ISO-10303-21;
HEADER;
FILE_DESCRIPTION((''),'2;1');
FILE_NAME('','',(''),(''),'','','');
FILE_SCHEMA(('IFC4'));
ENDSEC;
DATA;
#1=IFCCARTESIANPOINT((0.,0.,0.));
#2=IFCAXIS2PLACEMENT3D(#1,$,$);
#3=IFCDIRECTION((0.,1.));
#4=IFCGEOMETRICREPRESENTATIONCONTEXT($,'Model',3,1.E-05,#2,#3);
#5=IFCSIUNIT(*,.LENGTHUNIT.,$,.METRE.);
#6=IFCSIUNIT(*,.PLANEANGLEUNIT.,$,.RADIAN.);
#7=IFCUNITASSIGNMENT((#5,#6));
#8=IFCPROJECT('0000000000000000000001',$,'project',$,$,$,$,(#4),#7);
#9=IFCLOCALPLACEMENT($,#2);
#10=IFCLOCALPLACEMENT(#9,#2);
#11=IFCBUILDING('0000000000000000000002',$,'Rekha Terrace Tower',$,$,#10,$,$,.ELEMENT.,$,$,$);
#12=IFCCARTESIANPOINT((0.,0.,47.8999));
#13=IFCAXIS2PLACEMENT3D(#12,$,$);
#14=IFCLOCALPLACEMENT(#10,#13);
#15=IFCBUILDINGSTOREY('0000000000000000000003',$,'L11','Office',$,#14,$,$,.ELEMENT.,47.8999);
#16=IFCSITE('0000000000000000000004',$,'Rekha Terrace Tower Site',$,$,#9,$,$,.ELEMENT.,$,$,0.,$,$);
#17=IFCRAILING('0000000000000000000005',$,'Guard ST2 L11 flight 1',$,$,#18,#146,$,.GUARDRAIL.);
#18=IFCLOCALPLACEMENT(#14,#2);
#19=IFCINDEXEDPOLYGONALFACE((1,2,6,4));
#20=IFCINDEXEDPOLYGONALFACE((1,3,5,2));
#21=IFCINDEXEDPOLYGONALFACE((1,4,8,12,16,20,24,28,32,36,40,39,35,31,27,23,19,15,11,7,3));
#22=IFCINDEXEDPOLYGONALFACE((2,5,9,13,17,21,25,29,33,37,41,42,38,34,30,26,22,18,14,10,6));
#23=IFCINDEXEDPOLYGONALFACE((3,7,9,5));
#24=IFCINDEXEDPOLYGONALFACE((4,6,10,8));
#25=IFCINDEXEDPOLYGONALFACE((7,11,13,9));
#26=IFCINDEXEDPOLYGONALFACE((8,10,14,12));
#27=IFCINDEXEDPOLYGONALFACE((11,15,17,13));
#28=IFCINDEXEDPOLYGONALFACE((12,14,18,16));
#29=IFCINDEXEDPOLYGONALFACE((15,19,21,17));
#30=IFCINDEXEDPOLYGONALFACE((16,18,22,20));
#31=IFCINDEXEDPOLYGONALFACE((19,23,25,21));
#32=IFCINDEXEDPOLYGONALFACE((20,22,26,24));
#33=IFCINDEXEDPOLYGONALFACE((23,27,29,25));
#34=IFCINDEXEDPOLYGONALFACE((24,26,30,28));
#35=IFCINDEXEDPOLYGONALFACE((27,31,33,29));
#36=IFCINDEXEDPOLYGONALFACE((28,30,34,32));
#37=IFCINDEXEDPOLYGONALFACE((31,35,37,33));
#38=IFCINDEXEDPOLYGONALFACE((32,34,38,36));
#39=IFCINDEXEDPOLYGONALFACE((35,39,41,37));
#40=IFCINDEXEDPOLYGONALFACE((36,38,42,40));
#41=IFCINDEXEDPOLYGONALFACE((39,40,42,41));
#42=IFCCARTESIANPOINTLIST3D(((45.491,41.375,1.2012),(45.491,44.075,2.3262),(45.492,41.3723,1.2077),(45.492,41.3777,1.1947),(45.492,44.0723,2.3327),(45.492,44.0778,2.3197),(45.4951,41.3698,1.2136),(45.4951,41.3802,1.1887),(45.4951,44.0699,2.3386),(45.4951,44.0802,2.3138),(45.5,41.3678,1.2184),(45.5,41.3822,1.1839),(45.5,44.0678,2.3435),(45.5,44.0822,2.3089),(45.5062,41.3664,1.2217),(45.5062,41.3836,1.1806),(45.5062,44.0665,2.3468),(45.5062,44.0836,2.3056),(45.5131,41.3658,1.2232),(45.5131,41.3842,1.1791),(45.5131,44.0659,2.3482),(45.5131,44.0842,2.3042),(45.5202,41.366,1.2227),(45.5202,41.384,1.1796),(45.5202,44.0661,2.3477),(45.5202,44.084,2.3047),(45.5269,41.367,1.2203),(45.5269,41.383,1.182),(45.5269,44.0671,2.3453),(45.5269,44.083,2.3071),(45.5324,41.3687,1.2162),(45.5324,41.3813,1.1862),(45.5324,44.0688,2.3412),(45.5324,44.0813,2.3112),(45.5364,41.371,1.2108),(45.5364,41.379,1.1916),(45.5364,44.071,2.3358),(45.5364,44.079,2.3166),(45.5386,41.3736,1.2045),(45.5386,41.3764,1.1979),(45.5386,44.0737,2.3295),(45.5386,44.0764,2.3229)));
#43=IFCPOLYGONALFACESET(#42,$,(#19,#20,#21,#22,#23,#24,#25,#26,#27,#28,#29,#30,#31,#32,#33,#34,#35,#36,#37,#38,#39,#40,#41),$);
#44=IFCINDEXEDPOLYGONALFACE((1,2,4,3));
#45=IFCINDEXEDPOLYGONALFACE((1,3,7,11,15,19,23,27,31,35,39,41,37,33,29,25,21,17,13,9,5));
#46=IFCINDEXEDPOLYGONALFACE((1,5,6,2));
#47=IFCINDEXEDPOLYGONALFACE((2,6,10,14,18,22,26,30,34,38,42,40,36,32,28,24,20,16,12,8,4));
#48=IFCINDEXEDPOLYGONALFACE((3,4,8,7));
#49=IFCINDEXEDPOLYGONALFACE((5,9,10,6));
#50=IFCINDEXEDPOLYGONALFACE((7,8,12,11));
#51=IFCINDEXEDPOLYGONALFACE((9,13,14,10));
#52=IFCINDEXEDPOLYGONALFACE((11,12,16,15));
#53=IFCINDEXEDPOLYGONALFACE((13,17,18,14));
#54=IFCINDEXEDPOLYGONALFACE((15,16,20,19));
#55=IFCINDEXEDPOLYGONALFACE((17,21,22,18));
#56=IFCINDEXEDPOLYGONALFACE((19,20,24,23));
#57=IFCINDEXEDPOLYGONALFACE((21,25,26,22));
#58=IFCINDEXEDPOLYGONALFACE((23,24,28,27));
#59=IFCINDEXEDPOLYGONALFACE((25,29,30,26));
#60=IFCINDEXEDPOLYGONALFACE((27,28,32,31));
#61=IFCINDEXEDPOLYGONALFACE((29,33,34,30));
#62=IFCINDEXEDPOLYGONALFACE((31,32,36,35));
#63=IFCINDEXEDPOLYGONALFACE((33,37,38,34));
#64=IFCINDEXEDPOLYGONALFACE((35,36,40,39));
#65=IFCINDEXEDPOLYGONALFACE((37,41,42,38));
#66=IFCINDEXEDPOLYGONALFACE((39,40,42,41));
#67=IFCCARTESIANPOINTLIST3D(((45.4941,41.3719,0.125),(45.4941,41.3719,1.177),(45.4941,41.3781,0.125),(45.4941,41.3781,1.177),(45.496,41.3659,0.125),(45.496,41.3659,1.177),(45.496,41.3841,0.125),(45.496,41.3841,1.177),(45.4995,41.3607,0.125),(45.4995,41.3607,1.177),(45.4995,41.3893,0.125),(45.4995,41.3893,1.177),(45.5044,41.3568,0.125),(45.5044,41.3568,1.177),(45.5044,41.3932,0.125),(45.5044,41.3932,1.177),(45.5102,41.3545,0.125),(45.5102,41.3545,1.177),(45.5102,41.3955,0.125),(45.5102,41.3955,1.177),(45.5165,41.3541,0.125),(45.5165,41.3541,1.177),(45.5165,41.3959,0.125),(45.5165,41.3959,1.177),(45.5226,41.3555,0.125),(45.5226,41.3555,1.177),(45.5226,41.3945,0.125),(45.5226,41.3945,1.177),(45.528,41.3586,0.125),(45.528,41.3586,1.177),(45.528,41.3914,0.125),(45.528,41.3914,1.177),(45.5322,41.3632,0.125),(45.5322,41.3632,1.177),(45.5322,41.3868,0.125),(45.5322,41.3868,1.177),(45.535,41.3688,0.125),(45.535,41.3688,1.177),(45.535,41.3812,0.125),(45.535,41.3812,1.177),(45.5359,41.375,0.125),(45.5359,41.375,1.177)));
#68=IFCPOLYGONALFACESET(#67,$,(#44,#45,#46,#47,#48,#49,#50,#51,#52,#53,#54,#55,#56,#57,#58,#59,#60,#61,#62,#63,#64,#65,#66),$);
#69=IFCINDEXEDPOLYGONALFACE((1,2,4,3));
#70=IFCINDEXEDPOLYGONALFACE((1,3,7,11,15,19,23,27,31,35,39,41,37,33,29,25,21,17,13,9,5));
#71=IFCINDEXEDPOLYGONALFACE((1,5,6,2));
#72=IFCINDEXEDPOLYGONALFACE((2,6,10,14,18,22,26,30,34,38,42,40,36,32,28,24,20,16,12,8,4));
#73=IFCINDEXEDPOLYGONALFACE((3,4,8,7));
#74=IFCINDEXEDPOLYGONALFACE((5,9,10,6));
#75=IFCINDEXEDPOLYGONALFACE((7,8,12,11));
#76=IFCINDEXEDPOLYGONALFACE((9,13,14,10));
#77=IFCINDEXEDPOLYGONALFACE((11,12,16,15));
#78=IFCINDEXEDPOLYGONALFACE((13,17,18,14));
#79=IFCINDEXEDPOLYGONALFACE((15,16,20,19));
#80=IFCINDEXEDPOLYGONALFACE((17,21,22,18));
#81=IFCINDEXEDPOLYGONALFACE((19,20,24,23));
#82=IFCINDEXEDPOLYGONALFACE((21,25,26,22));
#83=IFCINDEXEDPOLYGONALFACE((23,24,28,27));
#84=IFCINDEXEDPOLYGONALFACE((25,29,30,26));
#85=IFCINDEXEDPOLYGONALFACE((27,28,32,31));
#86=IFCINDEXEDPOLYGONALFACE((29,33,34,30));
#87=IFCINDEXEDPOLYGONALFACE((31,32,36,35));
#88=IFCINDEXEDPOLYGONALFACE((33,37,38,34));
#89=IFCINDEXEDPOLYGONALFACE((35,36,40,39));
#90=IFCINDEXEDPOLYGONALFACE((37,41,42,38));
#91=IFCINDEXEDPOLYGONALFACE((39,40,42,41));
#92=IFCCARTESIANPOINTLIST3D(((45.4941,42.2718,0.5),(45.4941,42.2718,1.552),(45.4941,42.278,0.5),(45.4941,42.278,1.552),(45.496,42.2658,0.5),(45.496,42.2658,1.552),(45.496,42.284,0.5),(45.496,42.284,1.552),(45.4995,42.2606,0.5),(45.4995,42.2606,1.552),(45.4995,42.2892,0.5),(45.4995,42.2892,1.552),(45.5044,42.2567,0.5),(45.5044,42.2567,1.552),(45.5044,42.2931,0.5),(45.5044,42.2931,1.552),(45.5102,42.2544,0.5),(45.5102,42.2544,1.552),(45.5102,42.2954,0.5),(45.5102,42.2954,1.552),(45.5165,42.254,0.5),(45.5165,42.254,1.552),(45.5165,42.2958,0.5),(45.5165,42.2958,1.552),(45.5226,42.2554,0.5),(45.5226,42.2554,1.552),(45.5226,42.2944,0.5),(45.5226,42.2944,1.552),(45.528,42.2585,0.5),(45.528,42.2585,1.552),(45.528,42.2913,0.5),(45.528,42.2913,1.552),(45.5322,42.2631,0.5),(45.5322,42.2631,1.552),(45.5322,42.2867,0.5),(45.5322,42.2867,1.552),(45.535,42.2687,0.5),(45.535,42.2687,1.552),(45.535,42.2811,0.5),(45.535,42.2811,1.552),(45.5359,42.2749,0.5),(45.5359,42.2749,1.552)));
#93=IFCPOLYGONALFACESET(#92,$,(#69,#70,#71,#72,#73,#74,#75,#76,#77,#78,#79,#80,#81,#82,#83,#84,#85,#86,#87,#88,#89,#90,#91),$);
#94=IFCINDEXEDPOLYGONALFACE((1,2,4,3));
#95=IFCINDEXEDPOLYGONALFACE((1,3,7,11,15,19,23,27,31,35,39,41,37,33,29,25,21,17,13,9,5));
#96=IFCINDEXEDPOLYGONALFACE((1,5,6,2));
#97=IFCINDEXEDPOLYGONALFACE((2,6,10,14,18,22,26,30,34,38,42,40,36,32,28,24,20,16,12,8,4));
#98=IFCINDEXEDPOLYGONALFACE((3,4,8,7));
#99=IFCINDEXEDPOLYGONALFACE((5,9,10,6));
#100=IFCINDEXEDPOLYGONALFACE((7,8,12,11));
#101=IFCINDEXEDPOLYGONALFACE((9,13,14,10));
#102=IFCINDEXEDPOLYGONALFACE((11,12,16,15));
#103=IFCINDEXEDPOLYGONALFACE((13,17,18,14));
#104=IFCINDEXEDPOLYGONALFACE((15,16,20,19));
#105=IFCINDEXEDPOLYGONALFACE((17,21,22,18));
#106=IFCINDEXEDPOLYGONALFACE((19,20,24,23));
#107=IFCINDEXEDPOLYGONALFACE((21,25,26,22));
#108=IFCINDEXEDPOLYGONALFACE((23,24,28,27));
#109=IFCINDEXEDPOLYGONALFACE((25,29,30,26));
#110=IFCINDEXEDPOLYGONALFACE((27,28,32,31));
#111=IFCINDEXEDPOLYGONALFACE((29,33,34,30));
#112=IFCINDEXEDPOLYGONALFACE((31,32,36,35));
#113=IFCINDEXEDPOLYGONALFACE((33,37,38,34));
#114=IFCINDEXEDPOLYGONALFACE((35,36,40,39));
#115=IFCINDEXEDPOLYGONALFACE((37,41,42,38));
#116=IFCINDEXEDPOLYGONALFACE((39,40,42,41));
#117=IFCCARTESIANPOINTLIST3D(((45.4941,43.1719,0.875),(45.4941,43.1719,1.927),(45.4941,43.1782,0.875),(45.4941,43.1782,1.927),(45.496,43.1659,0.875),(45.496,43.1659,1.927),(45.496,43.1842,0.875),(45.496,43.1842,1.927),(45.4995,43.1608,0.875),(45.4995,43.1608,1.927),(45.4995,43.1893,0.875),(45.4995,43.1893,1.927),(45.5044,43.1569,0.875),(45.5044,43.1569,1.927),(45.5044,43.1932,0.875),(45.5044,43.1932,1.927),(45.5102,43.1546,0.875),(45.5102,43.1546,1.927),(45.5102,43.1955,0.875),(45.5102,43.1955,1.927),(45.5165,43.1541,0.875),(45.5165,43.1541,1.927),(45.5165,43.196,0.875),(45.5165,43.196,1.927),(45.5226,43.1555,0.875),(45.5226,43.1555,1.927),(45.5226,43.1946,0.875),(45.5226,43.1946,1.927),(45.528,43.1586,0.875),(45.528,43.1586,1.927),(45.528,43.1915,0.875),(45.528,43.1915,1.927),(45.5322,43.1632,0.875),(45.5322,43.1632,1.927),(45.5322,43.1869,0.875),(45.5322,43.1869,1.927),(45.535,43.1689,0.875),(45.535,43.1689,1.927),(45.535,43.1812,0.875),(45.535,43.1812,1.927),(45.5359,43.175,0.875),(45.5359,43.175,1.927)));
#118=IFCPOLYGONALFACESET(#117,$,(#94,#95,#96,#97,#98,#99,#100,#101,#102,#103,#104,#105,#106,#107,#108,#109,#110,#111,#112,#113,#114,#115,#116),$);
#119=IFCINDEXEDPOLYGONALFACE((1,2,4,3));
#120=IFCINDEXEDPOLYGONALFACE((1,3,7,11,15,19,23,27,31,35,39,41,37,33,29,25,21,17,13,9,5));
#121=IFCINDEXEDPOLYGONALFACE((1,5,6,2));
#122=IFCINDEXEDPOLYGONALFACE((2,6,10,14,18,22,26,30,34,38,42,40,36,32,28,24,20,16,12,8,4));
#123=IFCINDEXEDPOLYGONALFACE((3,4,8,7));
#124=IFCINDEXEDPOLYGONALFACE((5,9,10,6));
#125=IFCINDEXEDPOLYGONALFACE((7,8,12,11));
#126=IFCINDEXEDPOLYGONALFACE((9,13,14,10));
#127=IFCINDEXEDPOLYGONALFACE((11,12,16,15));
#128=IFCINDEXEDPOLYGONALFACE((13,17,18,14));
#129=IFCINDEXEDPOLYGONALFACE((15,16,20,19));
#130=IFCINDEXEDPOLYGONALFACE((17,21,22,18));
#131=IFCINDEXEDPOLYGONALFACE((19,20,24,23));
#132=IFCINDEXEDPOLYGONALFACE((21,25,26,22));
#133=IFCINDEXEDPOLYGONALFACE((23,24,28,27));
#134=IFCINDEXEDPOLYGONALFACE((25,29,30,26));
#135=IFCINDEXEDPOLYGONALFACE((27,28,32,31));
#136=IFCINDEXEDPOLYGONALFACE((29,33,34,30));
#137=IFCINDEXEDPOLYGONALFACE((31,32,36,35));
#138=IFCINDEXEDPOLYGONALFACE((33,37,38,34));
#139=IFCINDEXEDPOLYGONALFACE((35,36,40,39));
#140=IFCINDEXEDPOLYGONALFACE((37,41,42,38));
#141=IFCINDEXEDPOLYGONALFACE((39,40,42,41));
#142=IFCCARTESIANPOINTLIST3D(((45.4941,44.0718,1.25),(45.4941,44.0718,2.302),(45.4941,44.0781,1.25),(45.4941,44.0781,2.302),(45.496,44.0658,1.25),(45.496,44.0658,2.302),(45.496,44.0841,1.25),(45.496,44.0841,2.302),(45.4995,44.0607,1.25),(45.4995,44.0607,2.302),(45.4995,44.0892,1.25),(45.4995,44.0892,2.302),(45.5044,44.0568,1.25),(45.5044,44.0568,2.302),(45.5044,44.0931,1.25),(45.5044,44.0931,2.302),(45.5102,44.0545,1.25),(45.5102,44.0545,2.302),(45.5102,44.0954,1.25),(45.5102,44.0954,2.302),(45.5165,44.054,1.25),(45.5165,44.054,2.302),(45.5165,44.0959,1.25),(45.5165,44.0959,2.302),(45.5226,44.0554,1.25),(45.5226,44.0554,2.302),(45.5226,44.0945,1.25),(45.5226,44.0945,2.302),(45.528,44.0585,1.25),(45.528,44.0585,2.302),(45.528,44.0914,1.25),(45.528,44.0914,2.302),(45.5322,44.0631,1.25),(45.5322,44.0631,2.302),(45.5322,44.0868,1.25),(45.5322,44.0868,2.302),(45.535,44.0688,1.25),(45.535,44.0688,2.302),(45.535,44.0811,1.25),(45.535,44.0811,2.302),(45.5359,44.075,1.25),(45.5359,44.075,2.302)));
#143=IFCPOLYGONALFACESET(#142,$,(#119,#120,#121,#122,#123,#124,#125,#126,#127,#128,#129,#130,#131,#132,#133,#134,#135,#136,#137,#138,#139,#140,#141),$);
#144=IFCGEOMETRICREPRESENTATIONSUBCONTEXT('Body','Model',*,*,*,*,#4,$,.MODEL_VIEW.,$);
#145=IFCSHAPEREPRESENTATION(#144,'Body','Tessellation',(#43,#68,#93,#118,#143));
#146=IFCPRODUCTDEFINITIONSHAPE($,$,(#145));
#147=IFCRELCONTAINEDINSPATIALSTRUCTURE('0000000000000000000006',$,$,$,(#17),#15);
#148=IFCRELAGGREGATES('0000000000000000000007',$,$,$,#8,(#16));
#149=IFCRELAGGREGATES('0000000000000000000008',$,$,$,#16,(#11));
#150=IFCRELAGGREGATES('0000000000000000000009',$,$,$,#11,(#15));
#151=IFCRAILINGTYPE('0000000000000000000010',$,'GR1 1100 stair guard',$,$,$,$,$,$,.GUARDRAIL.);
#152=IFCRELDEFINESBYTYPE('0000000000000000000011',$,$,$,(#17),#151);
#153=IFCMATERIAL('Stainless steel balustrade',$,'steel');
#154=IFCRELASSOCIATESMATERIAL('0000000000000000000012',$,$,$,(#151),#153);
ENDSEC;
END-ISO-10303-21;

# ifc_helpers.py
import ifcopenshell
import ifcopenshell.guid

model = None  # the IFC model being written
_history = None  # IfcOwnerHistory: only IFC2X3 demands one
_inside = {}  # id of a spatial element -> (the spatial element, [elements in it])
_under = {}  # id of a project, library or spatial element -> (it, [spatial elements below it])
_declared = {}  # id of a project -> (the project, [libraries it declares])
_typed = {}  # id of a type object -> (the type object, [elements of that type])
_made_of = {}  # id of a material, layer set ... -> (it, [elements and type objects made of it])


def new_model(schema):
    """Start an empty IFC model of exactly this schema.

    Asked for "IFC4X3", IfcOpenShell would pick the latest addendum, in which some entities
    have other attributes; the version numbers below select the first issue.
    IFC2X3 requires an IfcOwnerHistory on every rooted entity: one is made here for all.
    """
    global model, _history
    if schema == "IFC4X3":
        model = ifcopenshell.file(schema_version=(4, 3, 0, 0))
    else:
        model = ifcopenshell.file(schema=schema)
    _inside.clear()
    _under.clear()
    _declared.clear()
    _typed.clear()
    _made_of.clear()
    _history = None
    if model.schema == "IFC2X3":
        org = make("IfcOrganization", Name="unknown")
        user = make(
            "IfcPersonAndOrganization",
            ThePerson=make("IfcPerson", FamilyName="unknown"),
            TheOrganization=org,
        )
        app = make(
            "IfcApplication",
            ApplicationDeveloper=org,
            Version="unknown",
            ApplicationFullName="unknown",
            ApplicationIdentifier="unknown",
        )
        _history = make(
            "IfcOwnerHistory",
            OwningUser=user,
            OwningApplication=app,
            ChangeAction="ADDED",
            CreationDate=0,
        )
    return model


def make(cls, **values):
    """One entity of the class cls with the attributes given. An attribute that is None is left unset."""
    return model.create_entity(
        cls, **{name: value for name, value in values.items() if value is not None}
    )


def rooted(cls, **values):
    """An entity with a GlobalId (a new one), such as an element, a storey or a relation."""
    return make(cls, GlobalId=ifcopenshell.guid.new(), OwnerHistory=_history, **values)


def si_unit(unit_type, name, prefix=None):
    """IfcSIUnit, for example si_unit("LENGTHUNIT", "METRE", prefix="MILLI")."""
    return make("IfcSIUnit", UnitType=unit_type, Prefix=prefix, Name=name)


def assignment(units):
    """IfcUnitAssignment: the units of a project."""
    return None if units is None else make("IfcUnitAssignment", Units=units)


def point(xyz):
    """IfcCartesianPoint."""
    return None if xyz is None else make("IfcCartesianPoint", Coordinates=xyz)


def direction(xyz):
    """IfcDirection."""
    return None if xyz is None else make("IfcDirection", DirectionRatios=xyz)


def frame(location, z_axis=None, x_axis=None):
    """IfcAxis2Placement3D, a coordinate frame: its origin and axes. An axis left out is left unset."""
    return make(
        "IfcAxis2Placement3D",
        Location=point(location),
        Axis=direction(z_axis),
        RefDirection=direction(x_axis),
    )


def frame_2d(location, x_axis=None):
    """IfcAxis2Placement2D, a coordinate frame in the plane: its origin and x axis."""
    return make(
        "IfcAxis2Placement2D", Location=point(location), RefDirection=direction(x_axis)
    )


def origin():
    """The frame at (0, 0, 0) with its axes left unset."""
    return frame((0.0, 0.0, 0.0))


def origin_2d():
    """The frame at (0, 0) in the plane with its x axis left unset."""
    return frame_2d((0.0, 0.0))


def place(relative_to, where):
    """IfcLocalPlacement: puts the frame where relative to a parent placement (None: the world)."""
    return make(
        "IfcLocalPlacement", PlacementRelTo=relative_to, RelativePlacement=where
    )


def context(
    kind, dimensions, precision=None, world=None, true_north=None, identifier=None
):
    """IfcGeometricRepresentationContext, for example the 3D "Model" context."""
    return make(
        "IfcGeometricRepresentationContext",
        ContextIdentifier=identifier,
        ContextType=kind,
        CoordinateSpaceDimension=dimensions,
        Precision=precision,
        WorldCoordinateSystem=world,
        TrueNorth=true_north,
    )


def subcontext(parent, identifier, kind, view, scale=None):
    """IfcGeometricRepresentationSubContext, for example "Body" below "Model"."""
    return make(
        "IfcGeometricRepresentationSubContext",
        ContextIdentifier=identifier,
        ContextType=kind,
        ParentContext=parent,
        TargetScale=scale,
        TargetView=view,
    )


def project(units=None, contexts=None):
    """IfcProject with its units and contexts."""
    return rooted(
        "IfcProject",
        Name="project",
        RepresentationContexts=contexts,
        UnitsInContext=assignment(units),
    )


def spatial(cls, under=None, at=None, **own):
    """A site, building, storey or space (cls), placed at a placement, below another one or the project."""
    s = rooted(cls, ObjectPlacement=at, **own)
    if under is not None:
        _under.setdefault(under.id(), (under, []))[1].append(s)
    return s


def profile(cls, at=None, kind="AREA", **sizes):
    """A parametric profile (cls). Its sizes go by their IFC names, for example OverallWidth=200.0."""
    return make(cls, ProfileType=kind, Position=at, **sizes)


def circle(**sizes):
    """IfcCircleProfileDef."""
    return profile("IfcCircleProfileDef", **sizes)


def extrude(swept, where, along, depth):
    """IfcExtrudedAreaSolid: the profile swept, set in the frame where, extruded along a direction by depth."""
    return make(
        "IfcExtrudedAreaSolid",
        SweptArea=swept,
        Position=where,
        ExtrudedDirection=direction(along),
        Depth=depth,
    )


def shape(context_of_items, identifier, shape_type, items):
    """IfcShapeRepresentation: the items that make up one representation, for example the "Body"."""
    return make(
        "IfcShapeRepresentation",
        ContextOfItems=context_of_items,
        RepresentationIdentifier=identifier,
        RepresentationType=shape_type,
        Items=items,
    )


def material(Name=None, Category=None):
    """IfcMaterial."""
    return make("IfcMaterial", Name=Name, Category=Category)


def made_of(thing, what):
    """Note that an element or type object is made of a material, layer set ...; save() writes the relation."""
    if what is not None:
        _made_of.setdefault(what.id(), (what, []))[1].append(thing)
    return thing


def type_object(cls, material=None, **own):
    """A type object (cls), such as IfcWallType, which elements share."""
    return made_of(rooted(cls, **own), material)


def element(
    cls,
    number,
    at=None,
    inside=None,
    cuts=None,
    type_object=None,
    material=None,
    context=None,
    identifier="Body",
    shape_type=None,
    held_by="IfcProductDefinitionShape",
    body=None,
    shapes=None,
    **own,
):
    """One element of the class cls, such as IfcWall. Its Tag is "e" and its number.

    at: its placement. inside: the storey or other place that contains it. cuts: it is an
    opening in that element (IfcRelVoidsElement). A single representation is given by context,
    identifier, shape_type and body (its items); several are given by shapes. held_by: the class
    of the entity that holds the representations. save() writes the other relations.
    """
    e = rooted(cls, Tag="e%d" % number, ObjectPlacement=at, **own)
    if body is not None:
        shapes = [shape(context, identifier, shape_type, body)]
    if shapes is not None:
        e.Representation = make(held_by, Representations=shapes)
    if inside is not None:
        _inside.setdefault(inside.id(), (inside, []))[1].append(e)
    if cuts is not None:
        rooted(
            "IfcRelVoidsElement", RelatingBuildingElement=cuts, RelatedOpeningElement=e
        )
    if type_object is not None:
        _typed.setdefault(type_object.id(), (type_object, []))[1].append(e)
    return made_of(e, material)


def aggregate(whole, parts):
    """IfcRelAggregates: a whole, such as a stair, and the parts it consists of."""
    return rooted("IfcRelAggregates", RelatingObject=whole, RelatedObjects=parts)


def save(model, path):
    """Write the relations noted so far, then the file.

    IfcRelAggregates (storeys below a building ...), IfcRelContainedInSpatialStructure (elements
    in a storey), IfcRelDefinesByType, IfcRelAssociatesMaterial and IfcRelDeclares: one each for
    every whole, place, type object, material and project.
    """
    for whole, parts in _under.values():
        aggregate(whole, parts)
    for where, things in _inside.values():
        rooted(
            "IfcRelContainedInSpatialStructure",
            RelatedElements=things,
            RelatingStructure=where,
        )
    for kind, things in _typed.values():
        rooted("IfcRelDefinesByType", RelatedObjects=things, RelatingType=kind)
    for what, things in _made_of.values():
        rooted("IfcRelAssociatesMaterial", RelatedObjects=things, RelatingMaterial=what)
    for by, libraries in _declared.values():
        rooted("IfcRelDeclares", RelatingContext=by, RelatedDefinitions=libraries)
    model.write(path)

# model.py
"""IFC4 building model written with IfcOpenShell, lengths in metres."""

from ifc_helpers import new_model, si_unit, direction, frame, origin, origin_2d, place, context, subcontext, project, spatial, circle, extrude, material, type_object, element, save


model = new_model("IFC4")

# Units and contexts
model_context = context("Model", 3, precision=1e-05, world=origin(), true_north=direction((0.0, 1.0)))
body_context = subcontext(model_context, "Body", "Model", "MODEL_VIEW")
ifc_project = project(units=[si_unit("LENGTHUNIT", "METRE"), si_unit("PLANEANGLEUNIT", "RADIAN")], contexts=[model_context])

# Site, building, storey
site_placement = place(None, origin())
site = spatial("IfcSite", under=ifc_project, at=site_placement, Name="Rekha Terrace Tower Site", CompositionType="ELEMENT", RefElevation=0.0)
building_placement = place(site_placement, origin())
building = spatial("IfcBuilding", under=site, at=building_placement, Name="Rekha Terrace Tower", CompositionType="ELEMENT")
storey_placement = place(building_placement, frame((0.0, 0.0, 47.8999)))
storey = spatial("IfcBuildingStorey", under=building, at=storey_placement, Name="L11", Description="Office", CompositionType="ELEMENT", Elevation=47.8999)

# Railing
ifc_material_1 = material(Name="Stainless steel balustrade", Category="steel")
railing_type_1 = type_object("IfcRailingType", Name="GR1 1100 stair guard", PredefinedType="GUARDRAIL", material=ifc_material_1)
railing_1_placement = place(storey_placement, frame((45.5149, 41.375, 0.125)))
element("IfcRailing", 1, at=railing_1_placement, inside=storey, type_object=railing_type_1, Name="Guard ST2 L11 flight 1", PredefinedType="GUARDRAIL", context=body_context, shape_type="SweptSolid", body=[
    extrude(circle(Radius=0.0239, at=origin_2d()), frame((0.0, 0.0, 1.0762), z_axis=(0.0, 0.923074, 0.384621), x_axis=(-1.0, 0.0, 0.0)), (0.0, 0.0, 1.0), 2.925),
    extrude(circle(Radius=0.021, at=origin_2d()), origin(), (0.0, 0.0, 1.0), 1.052),
    extrude(circle(Radius=0.021, at=origin_2d()), frame((0.0, 0.8999, 0.375)), (0.0, 0.0, 1.0), 1.052),
    extrude(circle(Radius=0.021, at=origin_2d()), frame((0.0, 1.8, 0.75)), (0.0, 0.0, 1.0), 1.052),
    extrude(circle(Radius=0.021, at=origin_2d()), frame((0.0, 2.7, 1.125)), (0.0, 0.0, 1.0), 1.052),
])

save(model, "model.ifc")
